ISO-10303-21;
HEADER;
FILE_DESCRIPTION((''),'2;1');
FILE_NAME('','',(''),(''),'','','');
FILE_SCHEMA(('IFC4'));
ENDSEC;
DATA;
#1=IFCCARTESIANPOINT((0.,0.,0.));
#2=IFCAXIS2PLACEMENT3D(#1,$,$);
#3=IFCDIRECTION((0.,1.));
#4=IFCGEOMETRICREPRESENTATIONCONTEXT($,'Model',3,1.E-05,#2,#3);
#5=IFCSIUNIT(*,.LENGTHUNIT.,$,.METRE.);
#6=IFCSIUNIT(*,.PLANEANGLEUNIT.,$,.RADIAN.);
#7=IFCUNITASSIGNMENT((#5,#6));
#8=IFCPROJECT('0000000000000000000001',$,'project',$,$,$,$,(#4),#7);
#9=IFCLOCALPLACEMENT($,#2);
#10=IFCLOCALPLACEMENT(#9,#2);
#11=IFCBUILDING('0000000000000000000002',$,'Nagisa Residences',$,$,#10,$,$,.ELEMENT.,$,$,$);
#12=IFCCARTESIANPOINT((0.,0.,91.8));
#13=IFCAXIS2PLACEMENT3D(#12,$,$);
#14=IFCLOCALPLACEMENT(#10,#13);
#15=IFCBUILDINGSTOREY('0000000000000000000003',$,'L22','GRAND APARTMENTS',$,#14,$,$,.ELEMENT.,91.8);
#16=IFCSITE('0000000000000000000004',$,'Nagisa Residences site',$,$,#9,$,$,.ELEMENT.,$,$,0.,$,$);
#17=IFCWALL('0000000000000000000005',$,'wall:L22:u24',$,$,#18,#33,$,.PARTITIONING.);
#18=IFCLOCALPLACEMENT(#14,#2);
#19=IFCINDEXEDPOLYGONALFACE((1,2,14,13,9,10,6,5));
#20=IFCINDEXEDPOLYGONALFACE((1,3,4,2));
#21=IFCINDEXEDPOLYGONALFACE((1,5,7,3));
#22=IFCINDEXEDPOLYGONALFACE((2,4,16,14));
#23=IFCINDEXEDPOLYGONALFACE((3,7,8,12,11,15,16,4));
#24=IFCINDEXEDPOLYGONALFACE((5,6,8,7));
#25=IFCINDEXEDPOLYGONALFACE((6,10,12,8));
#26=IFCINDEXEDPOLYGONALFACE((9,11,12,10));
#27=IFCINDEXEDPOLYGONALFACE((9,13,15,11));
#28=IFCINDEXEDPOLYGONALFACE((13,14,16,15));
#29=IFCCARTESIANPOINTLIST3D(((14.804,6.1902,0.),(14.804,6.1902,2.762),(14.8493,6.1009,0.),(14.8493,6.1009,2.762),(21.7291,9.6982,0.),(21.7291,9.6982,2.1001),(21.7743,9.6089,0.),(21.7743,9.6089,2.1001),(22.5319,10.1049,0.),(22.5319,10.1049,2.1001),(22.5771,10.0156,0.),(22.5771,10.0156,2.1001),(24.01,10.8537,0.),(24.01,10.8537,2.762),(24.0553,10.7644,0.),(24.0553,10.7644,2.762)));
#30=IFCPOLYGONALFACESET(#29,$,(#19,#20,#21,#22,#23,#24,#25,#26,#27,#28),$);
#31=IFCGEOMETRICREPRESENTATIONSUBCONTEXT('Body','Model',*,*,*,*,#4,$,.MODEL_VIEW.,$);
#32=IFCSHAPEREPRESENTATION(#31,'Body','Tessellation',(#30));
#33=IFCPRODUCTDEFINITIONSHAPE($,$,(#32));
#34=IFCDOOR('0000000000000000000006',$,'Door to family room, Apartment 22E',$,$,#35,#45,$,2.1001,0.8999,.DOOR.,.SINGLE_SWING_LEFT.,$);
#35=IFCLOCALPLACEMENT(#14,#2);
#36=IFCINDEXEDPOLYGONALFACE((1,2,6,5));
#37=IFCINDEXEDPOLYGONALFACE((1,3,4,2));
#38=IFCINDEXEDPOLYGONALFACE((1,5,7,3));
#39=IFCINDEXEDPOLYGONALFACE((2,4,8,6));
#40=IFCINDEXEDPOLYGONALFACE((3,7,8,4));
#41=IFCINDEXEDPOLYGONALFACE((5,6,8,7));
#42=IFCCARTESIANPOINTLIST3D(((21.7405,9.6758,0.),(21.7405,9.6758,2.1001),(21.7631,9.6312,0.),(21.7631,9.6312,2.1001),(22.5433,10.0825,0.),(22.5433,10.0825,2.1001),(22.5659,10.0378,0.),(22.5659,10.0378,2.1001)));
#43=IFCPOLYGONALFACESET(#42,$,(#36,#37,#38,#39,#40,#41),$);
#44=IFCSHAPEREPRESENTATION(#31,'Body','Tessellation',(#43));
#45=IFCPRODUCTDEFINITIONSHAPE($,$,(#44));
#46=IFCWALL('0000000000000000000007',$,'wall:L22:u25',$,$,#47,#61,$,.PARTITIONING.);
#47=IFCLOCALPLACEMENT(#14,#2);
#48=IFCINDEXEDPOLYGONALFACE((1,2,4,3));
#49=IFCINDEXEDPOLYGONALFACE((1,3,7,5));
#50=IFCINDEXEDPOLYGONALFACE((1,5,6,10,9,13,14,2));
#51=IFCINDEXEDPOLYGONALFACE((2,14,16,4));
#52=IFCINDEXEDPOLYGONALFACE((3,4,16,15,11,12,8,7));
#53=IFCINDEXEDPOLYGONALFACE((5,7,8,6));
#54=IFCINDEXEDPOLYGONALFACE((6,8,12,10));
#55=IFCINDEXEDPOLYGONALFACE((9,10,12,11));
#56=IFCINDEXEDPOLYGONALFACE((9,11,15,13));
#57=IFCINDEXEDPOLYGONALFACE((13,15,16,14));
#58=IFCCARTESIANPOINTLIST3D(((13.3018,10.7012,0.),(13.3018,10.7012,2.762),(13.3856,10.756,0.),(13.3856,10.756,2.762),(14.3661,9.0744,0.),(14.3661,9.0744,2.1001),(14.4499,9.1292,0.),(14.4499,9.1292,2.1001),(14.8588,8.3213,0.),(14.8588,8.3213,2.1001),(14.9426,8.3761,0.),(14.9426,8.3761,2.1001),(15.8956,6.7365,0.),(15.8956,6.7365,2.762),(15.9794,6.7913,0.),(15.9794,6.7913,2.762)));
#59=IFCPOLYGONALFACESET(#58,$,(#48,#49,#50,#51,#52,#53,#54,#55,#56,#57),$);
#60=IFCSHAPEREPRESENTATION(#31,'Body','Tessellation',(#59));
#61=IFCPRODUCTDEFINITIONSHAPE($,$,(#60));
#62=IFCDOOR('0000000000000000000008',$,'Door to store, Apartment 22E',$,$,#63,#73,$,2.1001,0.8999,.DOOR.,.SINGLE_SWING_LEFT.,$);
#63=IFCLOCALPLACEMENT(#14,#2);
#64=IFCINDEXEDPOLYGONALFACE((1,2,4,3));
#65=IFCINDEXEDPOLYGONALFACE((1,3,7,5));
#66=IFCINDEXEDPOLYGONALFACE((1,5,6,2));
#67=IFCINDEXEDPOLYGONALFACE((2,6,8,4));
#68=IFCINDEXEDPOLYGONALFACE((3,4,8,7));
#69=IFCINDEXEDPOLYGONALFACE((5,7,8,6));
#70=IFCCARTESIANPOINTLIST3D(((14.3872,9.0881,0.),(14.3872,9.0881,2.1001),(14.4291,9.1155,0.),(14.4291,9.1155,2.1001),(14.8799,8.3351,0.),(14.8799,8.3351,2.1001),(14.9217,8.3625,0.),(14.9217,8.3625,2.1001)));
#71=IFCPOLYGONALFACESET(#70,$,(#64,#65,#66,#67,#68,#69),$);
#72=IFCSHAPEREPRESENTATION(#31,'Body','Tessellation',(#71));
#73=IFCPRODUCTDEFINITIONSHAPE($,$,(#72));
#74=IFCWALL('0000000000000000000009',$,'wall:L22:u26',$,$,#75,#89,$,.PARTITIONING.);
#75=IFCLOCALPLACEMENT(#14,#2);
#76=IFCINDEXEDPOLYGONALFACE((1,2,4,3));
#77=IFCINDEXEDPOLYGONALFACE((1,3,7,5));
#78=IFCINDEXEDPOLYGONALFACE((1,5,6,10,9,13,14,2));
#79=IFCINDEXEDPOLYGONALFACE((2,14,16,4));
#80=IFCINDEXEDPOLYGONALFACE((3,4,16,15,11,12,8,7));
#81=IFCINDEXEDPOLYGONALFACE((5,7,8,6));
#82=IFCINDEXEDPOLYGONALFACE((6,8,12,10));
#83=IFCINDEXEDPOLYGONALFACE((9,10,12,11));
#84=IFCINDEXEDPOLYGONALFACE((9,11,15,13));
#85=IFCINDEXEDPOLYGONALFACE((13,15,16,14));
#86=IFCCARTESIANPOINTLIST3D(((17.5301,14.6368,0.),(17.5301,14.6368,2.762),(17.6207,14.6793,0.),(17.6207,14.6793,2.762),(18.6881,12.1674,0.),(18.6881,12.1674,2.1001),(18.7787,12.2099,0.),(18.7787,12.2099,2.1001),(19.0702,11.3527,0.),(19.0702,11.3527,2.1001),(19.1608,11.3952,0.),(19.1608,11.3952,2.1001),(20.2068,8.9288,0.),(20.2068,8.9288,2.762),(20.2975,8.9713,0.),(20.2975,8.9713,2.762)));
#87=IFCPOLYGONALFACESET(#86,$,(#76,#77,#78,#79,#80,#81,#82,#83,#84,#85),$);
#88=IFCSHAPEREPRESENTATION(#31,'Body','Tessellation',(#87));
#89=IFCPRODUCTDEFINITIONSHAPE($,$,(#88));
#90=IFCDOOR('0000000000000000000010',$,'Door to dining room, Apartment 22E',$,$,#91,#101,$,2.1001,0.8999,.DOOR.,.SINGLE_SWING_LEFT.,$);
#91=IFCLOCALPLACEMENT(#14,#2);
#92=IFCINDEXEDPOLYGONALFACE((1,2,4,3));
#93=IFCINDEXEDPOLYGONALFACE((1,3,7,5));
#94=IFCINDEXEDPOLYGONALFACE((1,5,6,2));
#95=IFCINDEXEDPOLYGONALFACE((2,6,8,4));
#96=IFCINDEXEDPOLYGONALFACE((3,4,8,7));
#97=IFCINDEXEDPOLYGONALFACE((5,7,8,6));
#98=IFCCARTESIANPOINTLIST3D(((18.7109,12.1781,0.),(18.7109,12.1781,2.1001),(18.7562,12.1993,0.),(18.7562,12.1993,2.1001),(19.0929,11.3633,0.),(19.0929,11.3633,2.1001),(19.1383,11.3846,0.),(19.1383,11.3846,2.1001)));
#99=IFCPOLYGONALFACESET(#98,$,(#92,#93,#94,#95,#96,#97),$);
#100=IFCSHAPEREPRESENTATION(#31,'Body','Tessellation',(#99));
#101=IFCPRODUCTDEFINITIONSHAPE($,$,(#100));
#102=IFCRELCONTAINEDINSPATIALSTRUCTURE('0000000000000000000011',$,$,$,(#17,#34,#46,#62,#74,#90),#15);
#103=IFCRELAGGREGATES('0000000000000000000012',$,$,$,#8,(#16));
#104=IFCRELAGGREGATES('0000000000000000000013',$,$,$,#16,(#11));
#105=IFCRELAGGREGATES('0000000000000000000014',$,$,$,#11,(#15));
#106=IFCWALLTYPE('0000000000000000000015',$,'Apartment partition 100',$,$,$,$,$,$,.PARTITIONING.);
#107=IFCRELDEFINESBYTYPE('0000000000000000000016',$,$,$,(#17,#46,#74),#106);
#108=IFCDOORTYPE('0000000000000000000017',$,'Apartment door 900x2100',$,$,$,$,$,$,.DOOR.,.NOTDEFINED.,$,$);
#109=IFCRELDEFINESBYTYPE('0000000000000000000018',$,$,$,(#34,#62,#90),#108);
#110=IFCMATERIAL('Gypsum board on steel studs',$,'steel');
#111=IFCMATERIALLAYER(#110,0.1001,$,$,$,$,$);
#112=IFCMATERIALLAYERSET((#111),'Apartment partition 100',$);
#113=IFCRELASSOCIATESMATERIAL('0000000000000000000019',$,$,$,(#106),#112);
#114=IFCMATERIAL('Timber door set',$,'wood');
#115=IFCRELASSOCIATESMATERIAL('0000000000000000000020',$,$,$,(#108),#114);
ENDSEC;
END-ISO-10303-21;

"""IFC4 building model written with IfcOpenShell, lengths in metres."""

from ifc_helpers import new_model, si_unit, direction, frame, frame_2d, origin, place, context, subcontext, project, spatial, rectangle, extrude, material, layer, layer_set, type_object, element, fill, save


model = new_model("IFC4")

# Units and contexts
model_context = context("Model", 3, precision=1e-05, world=origin(), true_north=direction((0.0, 1.0)))
body_context = subcontext(model_context, "Body", "Model", "MODEL_VIEW")
ifc_project = project(units=[si_unit("LENGTHUNIT", "METRE"), si_unit("PLANEANGLEUNIT", "RADIAN")], contexts=[model_context])

# Site, building, storey
site_placement = place(None, origin())
site = spatial("IfcSite", under=ifc_project, at=site_placement, Name="Nagisa Residences site", CompositionType="ELEMENT", RefElevation=0.0)
building_placement = place(site_placement, origin())
building = spatial("IfcBuilding", under=site, at=building_placement, Name="Nagisa Residences", CompositionType="ELEMENT")
storey_placement = place(building_placement, frame((0.0, 0.0, 91.8)))
storey = spatial("IfcBuildingStorey", under=building, at=storey_placement, Name="L22", Description="GRAND APARTMENTS", CompositionType="ELEMENT", Elevation=91.8)

# Shared definitions
ifc_material_1 = material(Name="Gypsum board on steel studs", Category="steel")
ifc_layer_1 = layer(ifc_material_1, 0.1001)
ifc_layer_set_1 = layer_set([ifc_layer_1], Name="Apartment partition 100")
wall_type_1 = type_object("IfcWallType", Name="Apartment partition 100", PredefinedType="PARTITIONING", material=ifc_layer_set_1)
ifc_material_2 = material(Name="Timber door set", Category="wood")
door_type_1 = type_object("IfcDoorType", Name="Apartment door 900x2100", OperationType="NOTDEFINED", PredefinedType="DOOR", material=ifc_material_2)

# Walls, openings, doors
wall_1_placement = place(storey_placement, frame((14.8267, 6.1455, 0.0), z_axis=(0.0, 0.0, 1.0), x_axis=(0.892068, 0.451901, 0.0)))
wall_1 = element("IfcWall", 1, at=wall_1_placement, inside=storey, type_object=wall_type_1, Name="wall:L22:u24", PredefinedType="PARTITIONING", context=body_context, shape_type="SweptSolid", body=[
    extrude(rectangle(XDim=10.3198, YDim=0.1001, at=frame_2d((5.1599, 0.0))), origin(), (0.0, 0.0, 1.0), 2.762),
])
opening_1_placement = place(wall_1_placement, frame((7.7629, 0.0, 0.0)))
opening_1 = element("IfcOpeningElement", 2, at=opening_1_placement, cuts=wall_1, PredefinedType="OPENING", context=body_context, shape_type="SweptSolid", body=[
    extrude(rectangle(XDim=0.8999, YDim=2.1001, at=frame_2d((0.45, 1.05))), frame((0.0, 0.0601, 0.0), z_axis=(0.0, -1.0, 0.0), x_axis=(1.0, 0.0, 0.0)), (0.0, 0.0, 1.0), 0.1201),
])
door_1_placement = place(opening_1_placement, origin())
door_1 = element("IfcDoor", 3, at=door_1_placement, inside=storey, type_object=door_type_1, Name="Door to family room, Apartment 22E", OperationType="SINGLE_SWING_LEFT", OverallHeight=2.1001, OverallWidth=0.8999, PredefinedType="DOOR", context=body_context, shape_type="SweptSolid", body=[
    extrude(rectangle(XDim=0.8999, YDim=2.1001, at=frame_2d((0.45, 1.05))), frame((0.0, 0.0249, 0.0), z_axis=(0.0, -1.0, 0.0), x_axis=(1.0, 0.0, 0.0)), (0.0, 0.0, 1.0), 0.05),
])
fill(opening_1, door_1)
wall_2_placement = place(storey_placement, frame((15.9375, 6.7639, 0.0), z_axis=(0.0, 0.0, 1.0), x_axis=(-0.547473, 0.836823, 0.0)))
wall_2 = element("IfcWall", 4, at=wall_2_placement, inside=storey, type_object=wall_type_1, Name="wall:L22:u25", PredefinedType="PARTITIONING", context=body_context, shape_type="SweptSolid", body=[
    extrude(rectangle(XDim=4.7378, YDim=0.1001, at=frame_2d((2.3689, 0.0))), origin(), (0.0, 0.0, 1.0), 2.762),
])
opening_2_placement = place(wall_2_placement, frame((1.8938, 0.0, 0.0)))
opening_2 = element("IfcOpeningElement", 5, at=opening_2_placement, cuts=wall_2, PredefinedType="OPENING", context=body_context, shape_type="SweptSolid", body=[
    extrude(rectangle(XDim=0.8999, YDim=2.1001, at=frame_2d((0.45, 1.05))), frame((0.0, 0.0601, 0.0), z_axis=(0.0, -1.0, 0.0), x_axis=(1.0, 0.0, 0.0)), (0.0, 0.0, 1.0), 0.1201),
])
door_2_placement = place(opening_2_placement, origin())
door_2 = element("IfcDoor", 6, at=door_2_placement, inside=storey, type_object=door_type_1, Name="Door to store, Apartment 22E", OperationType="SINGLE_SWING_LEFT", OverallHeight=2.1001, OverallWidth=0.8999, PredefinedType="DOOR", context=body_context, shape_type="SweptSolid", body=[
    extrude(rectangle(XDim=0.8999, YDim=2.1001, at=frame_2d((0.45, 1.05))), frame((0.0, 0.0249, 0.0), z_axis=(0.0, -1.0, 0.0), x_axis=(1.0, 0.0, 0.0)), (0.0, 0.0, 1.0), 0.05),
])
fill(opening_2, door_2)
wall_3_placement = place(storey_placement, frame((20.2522, 8.95, 0.0), z_axis=(0.0, 0.0, 1.0), x_axis=(-0.424581, 0.90539, 0.0)))
wall_3 = element("IfcWall", 7, at=wall_3_placement, inside=storey, type_object=wall_type_1, Name="wall:L22:u26", PredefinedType="PARTITIONING", context=body_context, shape_type="SweptSolid", body=[
    extrude(rectangle(XDim=6.3044, YDim=0.1001, at=frame_2d((3.1523, 0.0))), origin(), (0.0, 0.0, 1.0), 2.762),
])
opening_3_placement = place(wall_3_placement, frame((2.6772, 0.0, 0.0)))
opening_3 = element("IfcOpeningElement", 8, at=opening_3_placement, cuts=wall_3, PredefinedType="OPENING", context=body_context, shape_type="SweptSolid", body=[
    extrude(rectangle(XDim=0.8999, YDim=2.1001, at=frame_2d((0.45, 1.05))), frame((0.0, 0.0601, 0.0), z_axis=(0.0, -1.0, 0.0), x_axis=(1.0, 0.0, 0.0)), (0.0, 0.0, 1.0), 0.1201),
])
door_3_placement = place(opening_3_placement, origin())
door_3 = element("IfcDoor", 9, at=door_3_placement, inside=storey, type_object=door_type_1, Name="Door to dining room, Apartment 22E", OperationType="SINGLE_SWING_LEFT", OverallHeight=2.1001, OverallWidth=0.8999, PredefinedType="DOOR", context=body_context, shape_type="SweptSolid", body=[
    extrude(rectangle(XDim=0.8999, YDim=2.1001, at=frame_2d((0.45, 1.05))), frame((0.0, 0.0249, 0.0), z_axis=(0.0, -1.0, 0.0), x_axis=(1.0, 0.0, 0.0)), (0.0, 0.0, 1.0), 0.05),
])
fill(opening_3, door_3)

save(model, "model.ifc")
